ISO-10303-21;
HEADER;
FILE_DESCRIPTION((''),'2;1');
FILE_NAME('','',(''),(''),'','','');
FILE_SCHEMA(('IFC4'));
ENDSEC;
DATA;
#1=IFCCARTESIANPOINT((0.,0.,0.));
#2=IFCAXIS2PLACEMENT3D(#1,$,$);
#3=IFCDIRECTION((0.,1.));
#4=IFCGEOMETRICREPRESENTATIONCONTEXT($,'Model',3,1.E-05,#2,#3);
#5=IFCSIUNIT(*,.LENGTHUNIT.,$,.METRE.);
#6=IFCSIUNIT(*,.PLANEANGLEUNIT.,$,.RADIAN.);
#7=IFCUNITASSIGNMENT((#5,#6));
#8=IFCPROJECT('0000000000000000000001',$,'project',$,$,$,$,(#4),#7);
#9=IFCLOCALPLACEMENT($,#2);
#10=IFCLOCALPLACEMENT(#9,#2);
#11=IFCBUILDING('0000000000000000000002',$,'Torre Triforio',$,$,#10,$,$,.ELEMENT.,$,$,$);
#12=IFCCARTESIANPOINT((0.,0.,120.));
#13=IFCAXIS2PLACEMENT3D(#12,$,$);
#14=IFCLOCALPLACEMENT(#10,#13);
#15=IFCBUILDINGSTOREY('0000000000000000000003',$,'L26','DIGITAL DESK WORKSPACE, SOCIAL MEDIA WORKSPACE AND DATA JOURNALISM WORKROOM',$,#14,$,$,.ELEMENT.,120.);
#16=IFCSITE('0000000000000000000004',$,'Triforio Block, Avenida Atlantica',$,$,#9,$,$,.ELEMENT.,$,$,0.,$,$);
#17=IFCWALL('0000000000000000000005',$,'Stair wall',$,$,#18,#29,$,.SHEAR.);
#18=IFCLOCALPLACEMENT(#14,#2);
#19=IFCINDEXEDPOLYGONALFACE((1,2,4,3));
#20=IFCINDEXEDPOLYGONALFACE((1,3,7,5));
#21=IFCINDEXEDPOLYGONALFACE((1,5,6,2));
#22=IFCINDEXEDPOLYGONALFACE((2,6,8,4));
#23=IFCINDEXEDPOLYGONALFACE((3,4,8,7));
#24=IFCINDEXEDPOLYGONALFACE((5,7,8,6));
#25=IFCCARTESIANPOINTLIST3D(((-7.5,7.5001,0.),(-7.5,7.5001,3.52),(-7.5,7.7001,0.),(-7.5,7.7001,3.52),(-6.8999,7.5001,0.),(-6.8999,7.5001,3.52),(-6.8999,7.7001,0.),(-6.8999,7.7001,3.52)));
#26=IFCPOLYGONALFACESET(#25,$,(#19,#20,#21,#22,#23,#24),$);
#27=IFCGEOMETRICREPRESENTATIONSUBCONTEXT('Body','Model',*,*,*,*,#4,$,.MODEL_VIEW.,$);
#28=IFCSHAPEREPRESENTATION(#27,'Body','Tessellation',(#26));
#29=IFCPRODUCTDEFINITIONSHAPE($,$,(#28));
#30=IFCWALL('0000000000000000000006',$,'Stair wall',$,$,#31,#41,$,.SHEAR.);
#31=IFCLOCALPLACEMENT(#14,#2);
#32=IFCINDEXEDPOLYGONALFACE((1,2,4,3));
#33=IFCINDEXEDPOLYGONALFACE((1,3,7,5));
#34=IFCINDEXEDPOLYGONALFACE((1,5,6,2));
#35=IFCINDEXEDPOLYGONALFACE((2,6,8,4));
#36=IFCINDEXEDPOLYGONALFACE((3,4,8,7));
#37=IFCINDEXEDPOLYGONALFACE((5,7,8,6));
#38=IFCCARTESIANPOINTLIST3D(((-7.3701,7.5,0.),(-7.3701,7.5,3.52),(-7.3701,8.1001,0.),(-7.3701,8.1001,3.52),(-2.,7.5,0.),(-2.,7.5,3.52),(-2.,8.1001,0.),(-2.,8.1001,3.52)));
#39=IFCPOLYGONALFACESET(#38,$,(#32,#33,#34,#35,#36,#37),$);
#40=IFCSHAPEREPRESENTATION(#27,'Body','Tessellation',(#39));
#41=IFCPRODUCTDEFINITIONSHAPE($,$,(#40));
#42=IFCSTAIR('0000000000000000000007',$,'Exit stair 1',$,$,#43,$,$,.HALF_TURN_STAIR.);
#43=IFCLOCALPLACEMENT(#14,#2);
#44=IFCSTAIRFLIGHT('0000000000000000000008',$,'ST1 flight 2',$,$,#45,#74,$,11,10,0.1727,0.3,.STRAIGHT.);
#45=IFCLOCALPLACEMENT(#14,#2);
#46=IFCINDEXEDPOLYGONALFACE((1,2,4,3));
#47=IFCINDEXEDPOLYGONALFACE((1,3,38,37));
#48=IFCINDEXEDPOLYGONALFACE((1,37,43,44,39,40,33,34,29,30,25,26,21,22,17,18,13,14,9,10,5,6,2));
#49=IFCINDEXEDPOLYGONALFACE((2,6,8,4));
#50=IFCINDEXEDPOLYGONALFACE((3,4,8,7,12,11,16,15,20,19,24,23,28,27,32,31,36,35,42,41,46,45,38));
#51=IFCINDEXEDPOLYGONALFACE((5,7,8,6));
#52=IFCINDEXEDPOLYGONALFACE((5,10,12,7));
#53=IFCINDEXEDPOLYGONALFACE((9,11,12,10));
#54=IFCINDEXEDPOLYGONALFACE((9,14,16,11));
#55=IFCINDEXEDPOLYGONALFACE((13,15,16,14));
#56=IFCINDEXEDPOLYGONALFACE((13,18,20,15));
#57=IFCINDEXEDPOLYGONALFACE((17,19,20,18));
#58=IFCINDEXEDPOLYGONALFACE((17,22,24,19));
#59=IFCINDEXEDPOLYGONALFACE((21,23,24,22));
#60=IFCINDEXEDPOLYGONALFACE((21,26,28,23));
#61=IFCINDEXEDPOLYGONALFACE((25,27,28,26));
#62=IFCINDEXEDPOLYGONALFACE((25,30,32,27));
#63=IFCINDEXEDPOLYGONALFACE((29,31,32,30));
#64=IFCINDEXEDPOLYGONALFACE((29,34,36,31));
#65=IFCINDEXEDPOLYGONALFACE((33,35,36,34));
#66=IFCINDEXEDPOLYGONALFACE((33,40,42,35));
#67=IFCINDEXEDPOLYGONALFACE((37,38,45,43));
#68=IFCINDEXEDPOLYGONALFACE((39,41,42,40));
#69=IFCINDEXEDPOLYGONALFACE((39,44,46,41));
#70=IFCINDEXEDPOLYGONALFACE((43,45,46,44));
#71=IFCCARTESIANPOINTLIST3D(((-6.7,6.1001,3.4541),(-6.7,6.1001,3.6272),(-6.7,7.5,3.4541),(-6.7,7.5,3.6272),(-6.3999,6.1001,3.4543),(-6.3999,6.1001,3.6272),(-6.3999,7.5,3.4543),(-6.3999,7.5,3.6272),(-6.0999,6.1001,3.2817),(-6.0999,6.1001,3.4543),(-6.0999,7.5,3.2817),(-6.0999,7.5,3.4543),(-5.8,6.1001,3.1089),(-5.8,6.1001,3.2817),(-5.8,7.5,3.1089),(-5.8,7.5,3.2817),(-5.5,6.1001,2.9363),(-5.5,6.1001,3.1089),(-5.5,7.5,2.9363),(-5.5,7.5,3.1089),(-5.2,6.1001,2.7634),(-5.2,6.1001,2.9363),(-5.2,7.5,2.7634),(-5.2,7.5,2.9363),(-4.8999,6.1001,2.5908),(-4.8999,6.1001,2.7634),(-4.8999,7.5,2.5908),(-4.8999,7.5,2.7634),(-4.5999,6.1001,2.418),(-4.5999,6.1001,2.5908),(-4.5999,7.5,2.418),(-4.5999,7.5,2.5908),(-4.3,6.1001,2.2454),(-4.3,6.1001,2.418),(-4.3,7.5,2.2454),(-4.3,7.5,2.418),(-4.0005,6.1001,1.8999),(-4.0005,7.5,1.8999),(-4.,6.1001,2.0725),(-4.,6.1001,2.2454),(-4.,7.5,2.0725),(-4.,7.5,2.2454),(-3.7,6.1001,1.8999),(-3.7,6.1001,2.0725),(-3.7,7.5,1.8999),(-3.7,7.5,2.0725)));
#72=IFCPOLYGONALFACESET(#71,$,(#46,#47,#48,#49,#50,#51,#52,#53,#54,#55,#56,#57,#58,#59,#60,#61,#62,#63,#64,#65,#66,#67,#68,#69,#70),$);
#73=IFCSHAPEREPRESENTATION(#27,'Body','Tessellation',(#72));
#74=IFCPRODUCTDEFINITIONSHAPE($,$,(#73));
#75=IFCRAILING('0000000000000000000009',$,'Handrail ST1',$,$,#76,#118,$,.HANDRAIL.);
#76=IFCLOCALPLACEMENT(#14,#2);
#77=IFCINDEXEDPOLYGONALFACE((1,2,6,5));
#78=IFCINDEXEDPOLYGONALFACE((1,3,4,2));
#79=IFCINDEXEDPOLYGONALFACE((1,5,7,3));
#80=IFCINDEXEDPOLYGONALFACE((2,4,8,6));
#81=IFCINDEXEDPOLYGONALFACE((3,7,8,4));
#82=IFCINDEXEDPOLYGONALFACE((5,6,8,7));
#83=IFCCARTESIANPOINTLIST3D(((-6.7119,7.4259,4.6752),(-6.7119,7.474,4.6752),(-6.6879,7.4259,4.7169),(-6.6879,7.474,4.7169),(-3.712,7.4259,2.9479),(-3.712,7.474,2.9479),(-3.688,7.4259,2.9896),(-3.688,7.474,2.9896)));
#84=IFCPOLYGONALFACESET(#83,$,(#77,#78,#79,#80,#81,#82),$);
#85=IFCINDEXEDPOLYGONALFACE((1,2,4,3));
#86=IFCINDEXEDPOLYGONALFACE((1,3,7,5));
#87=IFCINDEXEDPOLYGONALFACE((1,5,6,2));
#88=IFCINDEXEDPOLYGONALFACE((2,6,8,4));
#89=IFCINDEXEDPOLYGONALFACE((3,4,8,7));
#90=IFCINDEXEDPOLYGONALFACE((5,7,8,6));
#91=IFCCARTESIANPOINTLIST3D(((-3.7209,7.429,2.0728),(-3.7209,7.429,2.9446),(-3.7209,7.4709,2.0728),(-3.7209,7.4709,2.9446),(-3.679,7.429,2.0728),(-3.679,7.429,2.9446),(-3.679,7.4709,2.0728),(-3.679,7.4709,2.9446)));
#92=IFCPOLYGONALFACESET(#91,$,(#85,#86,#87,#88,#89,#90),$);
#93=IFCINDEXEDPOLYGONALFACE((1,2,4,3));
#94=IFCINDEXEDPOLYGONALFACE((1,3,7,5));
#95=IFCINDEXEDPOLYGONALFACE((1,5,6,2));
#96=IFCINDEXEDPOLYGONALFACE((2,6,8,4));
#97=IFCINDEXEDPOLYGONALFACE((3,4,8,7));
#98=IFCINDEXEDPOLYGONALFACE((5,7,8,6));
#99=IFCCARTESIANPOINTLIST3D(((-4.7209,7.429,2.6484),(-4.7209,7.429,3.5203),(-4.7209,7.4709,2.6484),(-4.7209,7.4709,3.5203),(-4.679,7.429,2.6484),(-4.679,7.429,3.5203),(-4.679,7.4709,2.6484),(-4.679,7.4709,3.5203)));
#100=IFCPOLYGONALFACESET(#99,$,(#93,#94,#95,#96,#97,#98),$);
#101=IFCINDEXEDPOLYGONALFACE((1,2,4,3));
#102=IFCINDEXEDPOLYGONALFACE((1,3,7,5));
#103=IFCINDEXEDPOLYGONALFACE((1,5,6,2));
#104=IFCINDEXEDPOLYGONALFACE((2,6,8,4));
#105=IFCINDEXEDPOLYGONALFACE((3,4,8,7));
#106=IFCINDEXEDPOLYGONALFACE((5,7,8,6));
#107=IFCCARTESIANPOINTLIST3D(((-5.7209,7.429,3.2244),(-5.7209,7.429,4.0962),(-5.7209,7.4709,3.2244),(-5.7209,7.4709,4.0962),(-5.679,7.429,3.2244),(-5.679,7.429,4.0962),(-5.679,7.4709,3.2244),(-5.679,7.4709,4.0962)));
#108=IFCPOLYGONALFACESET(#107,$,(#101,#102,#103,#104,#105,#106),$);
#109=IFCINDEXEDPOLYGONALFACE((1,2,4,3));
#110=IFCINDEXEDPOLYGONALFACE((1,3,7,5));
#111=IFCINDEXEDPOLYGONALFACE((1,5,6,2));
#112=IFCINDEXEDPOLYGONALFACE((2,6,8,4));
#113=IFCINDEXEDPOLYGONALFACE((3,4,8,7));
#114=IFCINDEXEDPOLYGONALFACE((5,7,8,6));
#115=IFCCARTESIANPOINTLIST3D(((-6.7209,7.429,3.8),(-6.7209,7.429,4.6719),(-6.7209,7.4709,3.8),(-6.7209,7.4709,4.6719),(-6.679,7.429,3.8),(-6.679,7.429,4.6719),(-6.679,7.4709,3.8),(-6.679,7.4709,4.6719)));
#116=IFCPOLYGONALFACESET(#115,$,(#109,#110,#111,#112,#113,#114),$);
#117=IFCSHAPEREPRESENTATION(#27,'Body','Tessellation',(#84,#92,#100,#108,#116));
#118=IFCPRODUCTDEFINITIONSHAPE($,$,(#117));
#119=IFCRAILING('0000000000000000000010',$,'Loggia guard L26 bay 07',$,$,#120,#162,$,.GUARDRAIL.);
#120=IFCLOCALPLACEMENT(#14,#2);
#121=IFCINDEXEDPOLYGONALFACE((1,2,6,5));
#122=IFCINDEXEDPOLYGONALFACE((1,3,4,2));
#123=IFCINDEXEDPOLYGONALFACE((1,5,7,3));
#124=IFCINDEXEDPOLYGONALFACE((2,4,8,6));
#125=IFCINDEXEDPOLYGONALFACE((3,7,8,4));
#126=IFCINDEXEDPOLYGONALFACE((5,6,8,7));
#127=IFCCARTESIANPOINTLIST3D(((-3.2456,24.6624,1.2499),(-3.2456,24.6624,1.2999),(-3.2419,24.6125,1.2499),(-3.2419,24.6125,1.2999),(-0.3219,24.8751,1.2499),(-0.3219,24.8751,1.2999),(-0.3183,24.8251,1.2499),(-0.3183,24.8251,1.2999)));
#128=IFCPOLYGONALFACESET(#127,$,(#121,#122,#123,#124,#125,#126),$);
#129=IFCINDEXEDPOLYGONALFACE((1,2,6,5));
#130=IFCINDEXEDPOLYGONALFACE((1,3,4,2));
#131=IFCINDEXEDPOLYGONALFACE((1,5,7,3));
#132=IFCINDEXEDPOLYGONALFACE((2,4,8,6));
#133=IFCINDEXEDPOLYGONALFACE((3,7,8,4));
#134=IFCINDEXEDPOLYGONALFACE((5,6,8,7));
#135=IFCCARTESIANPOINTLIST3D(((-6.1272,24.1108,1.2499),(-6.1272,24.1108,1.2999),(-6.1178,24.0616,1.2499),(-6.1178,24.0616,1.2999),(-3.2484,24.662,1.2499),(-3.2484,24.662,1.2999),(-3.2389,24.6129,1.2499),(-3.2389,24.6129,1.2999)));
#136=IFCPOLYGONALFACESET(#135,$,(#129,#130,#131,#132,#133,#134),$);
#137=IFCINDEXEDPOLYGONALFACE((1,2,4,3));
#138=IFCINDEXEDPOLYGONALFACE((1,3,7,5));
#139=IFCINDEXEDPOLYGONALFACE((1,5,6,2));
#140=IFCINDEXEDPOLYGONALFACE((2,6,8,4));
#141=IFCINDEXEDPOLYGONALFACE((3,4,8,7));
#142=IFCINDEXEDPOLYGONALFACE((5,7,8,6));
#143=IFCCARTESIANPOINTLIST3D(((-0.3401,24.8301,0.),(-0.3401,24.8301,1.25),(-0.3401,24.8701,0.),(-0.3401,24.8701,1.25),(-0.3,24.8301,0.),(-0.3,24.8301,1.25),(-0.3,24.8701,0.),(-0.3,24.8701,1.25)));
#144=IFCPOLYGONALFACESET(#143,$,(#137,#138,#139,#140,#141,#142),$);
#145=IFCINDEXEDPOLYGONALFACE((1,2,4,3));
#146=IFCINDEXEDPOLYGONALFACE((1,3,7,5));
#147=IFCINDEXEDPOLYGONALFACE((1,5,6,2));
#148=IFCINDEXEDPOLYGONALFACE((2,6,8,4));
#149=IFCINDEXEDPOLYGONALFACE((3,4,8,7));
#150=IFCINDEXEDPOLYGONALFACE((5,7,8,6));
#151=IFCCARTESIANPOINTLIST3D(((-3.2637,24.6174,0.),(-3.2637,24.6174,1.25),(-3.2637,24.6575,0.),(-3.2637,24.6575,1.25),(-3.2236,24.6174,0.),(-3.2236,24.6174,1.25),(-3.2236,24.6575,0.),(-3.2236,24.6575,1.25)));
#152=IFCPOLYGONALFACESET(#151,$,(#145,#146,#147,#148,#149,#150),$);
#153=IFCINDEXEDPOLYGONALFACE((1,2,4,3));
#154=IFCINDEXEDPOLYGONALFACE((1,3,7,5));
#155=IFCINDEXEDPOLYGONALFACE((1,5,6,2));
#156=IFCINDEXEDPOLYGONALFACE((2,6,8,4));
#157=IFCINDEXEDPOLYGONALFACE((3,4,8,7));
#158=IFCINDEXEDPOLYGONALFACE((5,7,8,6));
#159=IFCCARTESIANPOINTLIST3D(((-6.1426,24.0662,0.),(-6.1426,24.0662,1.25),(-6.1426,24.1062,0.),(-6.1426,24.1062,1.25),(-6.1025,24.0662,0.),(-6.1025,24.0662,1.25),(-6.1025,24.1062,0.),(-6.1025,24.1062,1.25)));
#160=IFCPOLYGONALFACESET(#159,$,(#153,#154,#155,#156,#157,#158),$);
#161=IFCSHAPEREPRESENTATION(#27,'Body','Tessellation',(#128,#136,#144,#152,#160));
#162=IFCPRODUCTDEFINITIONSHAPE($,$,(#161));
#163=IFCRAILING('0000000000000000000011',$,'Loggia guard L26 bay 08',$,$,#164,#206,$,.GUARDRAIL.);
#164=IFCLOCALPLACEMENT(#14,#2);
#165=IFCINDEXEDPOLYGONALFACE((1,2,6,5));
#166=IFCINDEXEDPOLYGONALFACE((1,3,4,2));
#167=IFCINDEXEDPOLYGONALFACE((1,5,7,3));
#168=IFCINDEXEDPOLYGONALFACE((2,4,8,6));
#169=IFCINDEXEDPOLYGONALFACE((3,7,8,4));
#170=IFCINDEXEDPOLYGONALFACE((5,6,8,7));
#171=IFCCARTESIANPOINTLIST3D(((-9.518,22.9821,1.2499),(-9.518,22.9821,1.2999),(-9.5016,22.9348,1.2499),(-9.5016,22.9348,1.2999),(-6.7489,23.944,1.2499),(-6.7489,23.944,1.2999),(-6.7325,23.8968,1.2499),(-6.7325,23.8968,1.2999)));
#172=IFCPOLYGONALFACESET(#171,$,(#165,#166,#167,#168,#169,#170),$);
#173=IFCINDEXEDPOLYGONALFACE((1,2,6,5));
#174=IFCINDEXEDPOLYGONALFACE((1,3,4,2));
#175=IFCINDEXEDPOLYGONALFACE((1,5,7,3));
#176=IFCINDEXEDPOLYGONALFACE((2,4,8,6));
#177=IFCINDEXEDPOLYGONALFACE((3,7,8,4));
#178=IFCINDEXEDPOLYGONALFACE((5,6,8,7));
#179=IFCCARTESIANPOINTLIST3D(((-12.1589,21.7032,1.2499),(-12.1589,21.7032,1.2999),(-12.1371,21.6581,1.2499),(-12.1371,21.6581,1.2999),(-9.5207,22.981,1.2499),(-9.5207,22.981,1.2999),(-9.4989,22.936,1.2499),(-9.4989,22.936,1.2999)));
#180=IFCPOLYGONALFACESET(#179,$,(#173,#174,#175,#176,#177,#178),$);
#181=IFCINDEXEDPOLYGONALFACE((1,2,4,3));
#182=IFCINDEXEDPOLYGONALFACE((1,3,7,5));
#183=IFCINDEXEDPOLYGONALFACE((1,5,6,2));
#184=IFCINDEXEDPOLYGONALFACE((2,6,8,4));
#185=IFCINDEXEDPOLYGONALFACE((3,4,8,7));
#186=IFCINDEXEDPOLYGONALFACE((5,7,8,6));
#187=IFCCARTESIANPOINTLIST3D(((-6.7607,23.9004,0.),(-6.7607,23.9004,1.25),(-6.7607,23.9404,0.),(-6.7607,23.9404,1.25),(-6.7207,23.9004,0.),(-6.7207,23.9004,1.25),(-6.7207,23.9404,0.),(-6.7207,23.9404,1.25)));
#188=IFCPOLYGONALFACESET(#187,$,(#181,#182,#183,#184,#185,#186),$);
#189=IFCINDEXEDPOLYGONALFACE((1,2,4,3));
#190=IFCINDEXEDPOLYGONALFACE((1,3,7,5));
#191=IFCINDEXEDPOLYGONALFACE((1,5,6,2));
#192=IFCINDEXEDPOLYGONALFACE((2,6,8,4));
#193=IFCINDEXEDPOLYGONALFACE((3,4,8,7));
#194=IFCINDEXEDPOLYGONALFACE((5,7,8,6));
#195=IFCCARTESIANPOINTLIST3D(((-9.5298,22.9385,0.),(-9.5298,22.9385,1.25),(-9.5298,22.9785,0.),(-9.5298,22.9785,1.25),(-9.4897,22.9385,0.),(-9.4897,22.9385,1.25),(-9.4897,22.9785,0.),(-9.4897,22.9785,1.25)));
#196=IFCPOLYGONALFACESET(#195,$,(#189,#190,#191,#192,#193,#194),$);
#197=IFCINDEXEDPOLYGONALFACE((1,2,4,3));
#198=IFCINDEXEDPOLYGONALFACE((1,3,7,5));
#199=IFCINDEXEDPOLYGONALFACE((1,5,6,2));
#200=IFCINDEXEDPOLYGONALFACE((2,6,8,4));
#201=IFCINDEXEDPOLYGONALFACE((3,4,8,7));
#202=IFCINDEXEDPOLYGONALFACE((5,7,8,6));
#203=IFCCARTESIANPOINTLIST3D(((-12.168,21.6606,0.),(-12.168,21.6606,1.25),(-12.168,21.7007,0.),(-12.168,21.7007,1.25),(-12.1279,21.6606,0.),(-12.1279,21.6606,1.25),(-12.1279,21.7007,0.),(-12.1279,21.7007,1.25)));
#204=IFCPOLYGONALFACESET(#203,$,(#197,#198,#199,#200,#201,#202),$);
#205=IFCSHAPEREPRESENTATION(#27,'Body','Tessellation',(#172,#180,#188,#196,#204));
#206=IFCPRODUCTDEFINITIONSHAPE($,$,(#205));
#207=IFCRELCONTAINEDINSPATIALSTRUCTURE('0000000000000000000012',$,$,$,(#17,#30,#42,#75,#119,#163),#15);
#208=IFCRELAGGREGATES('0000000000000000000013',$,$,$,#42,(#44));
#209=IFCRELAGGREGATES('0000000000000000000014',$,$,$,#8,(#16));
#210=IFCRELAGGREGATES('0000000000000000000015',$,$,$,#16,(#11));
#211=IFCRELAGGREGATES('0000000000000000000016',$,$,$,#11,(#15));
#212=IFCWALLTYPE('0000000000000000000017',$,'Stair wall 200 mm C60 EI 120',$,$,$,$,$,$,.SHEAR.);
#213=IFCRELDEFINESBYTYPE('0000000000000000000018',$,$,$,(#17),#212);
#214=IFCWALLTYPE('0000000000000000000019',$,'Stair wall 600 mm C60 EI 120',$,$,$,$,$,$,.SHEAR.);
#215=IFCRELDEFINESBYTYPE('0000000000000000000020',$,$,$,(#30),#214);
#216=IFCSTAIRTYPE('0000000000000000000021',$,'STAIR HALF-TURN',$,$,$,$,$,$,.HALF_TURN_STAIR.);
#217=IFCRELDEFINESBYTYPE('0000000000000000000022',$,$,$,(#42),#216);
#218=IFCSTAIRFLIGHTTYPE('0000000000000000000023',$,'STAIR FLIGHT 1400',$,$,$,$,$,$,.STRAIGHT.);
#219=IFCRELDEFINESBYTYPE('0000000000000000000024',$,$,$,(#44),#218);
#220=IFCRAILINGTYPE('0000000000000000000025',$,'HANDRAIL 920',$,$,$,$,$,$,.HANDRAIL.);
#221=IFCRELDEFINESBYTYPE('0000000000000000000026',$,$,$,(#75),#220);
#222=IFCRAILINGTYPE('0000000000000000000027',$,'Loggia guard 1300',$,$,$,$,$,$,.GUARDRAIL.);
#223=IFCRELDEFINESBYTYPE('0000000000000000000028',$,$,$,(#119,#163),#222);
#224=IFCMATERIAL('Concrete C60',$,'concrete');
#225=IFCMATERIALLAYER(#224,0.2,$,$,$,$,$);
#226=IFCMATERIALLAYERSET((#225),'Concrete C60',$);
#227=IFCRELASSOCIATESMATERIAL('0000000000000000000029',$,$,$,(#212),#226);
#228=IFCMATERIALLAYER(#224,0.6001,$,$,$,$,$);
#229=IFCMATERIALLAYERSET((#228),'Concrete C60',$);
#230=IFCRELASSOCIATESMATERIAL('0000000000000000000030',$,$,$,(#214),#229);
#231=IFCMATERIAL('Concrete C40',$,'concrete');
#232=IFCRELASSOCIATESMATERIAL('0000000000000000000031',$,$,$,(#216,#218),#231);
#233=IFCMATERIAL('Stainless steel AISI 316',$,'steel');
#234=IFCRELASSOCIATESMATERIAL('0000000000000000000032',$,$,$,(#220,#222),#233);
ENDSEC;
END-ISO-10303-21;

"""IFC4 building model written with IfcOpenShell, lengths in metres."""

from ifc_helpers import new_model, si_unit, direction, frame, frame_2d, origin, origin_2d, place, context, subcontext, project, spatial, polyline, rectangle, outline, extrude, material, layer, layer_set, type_object, element, aggregate, save


model = new_model("IFC4")

# Units and contexts
model_context = context("Model", 3, precision=1e-05, world=origin(), true_north=direction((0.0, 1.0)))
body_context = subcontext(model_context, "Body", "Model", "MODEL_VIEW")
ifc_project = project(units=[si_unit("LENGTHUNIT", "METRE"), si_unit("PLANEANGLEUNIT", "RADIAN")], contexts=[model_context])

# Site, building, storey
site_placement = place(None, origin())
site = spatial("IfcSite", under=ifc_project, at=site_placement, Name="Triforio Block, Avenida Atlantica", CompositionType="ELEMENT", RefElevation=0.0)
building_placement = place(site_placement, origin())
building = spatial("IfcBuilding", under=site, at=building_placement, Name="Torre Triforio", CompositionType="ELEMENT")
storey_placement = place(building_placement, frame((0.0, 0.0, 120.0)))
storey = spatial("IfcBuildingStorey", under=building, at=storey_placement, Name="L26", Description="DIGITAL DESK WORKSPACE, SOCIAL MEDIA WORKSPACE AND DATA JOURNALISM WORKROOM", CompositionType="ELEMENT", Elevation=120.0)

# Shared definitions
ifc_material_1 = material(Name="Concrete C60", Category="concrete")

# Walls
ifc_layer_1 = layer(ifc_material_1, 0.2)
ifc_layer_set_1 = layer_set([ifc_layer_1], Name="Concrete C60")
wall_type_1 = type_object("IfcWallType", Name="Stair wall 200 mm C60 EI 120", PredefinedType="SHEAR", material=ifc_layer_set_1)
wall_1_placement = place(storey_placement, frame((-7.5, 7.6001, 0.0), z_axis=(0.0, 0.0, 1.0), x_axis=(1.0, 0.0, 0.0)))
element("IfcWall", 1, at=wall_1_placement, inside=storey, type_object=wall_type_1, Name="Stair wall", PredefinedType="SHEAR", context=body_context, shape_type="SweptSolid", body=[
    extrude(rectangle(XDim=0.6001, YDim=0.2, at=frame_2d((0.3, 0.0))), origin(), (0.0, 0.0, 1.0), 3.52),
])
ifc_layer_2 = layer(ifc_material_1, 0.6001)
ifc_layer_set_2 = layer_set([ifc_layer_2], Name="Concrete C60")
wall_type_2 = type_object("IfcWallType", Name="Stair wall 600 mm C60 EI 120", PredefinedType="SHEAR", material=ifc_layer_set_2)
wall_2_placement = place(storey_placement, frame((-7.3701, 7.8, 0.0), z_axis=(0.0, 0.0, 1.0), x_axis=(1.0, 0.0, 0.0)))
element("IfcWall", 2, at=wall_2_placement, inside=storey, type_object=wall_type_2, Name="Stair wall", PredefinedType="SHEAR", context=body_context, shape_type="SweptSolid", body=[
    extrude(rectangle(XDim=5.3701, YDim=0.6001, at=frame_2d((2.6851, 0.0))), origin(), (0.0, 0.0, 1.0), 3.52),
])

# Shared definitions
ifc_material_2 = material(Name="Concrete C40", Category="concrete")

# Stair, stair flight
stair_type = type_object("IfcStairType", Name="STAIR HALF-TURN", PredefinedType="HALF_TURN_STAIR", material=ifc_material_2)
stair_placement = place(storey_placement, origin())
stair = element("IfcStair", 3, at=stair_placement, inside=storey, type_object=stair_type, Name="Exit stair 1", PredefinedType="HALF_TURN_STAIR")
stair_flight_type = type_object("IfcStairFlightType", Name="STAIR FLIGHT 1400", PredefinedType="STRAIGHT", material=ifc_material_2)
stair_flight_placement = place(storey_placement, frame((-3.7, 6.8, 1.8999), z_axis=(0.0, 0.0, 1.0), x_axis=(-1.0, 0.0, 0.0)))
stair_flight = element("IfcStairFlight", 4, at=stair_flight_placement, type_object=stair_flight_type, Name="ST1 flight 2", NumberOfRisers=11, NumberOfTreads=10, PredefinedType="STRAIGHT", RiserHeight=0.1727, TreadLength=0.3, context=body_context, shape_type="SweptSolid", body=[
    extrude(outline(polyline([(0.0, 0.0), (0.0, 0.1726), (0.3, 0.1726), (0.3, 0.3455), (0.6001, 0.3455), (0.6001, 0.5181), (0.8999, 0.5181), (0.8999, 0.6909), (1.2, 0.6909), (1.2, 0.8635), (1.5, 0.8635), (1.5, 1.0364), (1.8, 1.0364), (1.8, 1.209), (2.1001, 1.209), (2.1001, 1.3818), (2.3999, 1.3818), (2.3999, 1.5544), (2.7, 1.5544), (2.7, 1.7273), (3.0, 1.7273), (3.0, 1.8999), (3.0, 1.5542), (0.3005, 0.0), (0.0, 0.0)])), frame((0.0, 0.7, 0.0), z_axis=(0.0, -1.0, 0.0), x_axis=(1.0, 0.0, 0.0)), (0.0, 0.0, 1.0), 1.3999),
])
aggregate(stair, [stair_flight])

# Railings
ifc_material_3 = material(Name="Stainless steel AISI 316", Category="steel")
railing_type_1 = type_object("IfcRailingType", Name="HANDRAIL 920", PredefinedType="HANDRAIL", material=ifc_material_3)
railing_1_placement = place(storey_placement, frame((-3.7, 7.45, 2.0728)))
element("IfcRailing", 5, at=railing_1_placement, inside=storey, type_object=railing_type_1, Name="Handrail ST1", PredefinedType="HANDRAIL", context=body_context, shape_type="SweptSolid", body=[
    extrude(rectangle(XDim=0.0481, YDim=0.0481, at=origin_2d()), frame((0.0, 0.0, 0.896), z_axis=(-0.86662, 0.0, 0.498969), x_axis=(0.0, -1.0, 0.0)), (0.0, 0.0, 1.0), 3.4617),
    extrude(rectangle(XDim=0.042, YDim=0.042, at=origin_2d()), origin(), (0.0, 0.0, 1.0), 0.8718),
    extrude(rectangle(XDim=0.042, YDim=0.042, at=origin_2d()), frame((-1.0, 0.0, 0.5757)), (0.0, 0.0, 1.0), 0.8718),
    extrude(rectangle(XDim=0.042, YDim=0.042, at=origin_2d()), frame((-2.0, 0.0, 1.1516)), (0.0, 0.0, 1.0), 0.8718),
    extrude(rectangle(XDim=0.042, YDim=0.042, at=origin_2d()), frame((-3.0, 0.0, 1.7273)), (0.0, 0.0, 1.0), 0.8718),
])
railing_type_2 = type_object("IfcRailingType", Name="Loggia guard 1300", PredefinedType="GUARDRAIL", material=ifc_material_3)
railing_2_placement = place(storey_placement, frame((-0.3201, 24.8501, 0.0)))
element("IfcRailing", 6, at=railing_2_placement, inside=storey, type_object=railing_type_2, Name="Loggia guard L26 bay 07", PredefinedType="GUARDRAIL", context=body_context, shape_type="SweptSolid", body=[
    extrude(rectangle(XDim=0.05, YDim=0.05, at=origin_2d()), frame((0.0, 0.0, 1.2749), z_axis=(-0.997365, -0.072543, 0.0), x_axis=(0.072543, -0.997365, 0.0)), (0.0, 0.0, 1.0), 2.9314),
    extrude(rectangle(XDim=0.05, YDim=0.05, at=origin_2d()), frame((-2.9236, -0.2126, 1.2749), z_axis=(-0.982156, -0.188069, 0.0), x_axis=(0.188069, -0.982156, 0.0)), (0.0, 0.0, 1.0), 2.9312),
    extrude(rectangle(XDim=0.04, YDim=0.04, at=origin_2d()), origin(), (0.0, 0.0, 1.0), 1.25),
    extrude(rectangle(XDim=0.04, YDim=0.04, at=origin_2d()), frame((-2.9236, -0.2126, 0.0)), (0.0, 0.0, 1.0), 1.25),
    extrude(rectangle(XDim=0.04, YDim=0.04, at=origin_2d()), frame((-5.8025, -0.7639, 0.0)), (0.0, 0.0, 1.0), 1.25),
])
railing_3_placement = place(storey_placement, frame((-6.7407, 23.9204, 0.0)))
element("IfcRailing", 7, at=railing_3_placement, inside=storey, type_object=railing_type_2, Name="Loggia guard L26 bay 08", PredefinedType="GUARDRAIL", context=body_context, shape_type="SweptSolid", body=[
    extrude(rectangle(XDim=0.05, YDim=0.05, at=origin_2d()), frame((0.0, 0.0, 1.2749), z_axis=(-0.944627, -0.328146, 0.0), x_axis=(0.328146, -0.944627, 0.0)), (0.0, 0.0, 1.0), 2.9314),
    extrude(rectangle(XDim=0.05, YDim=0.05, at=origin_2d()), frame((-2.769, -0.9619, 1.2749), z_axis=(-0.899986, -0.435918, 0.0), x_axis=(0.435918, -0.899986, 0.0)), (0.0, 0.0, 1.0), 2.9314),
    extrude(rectangle(XDim=0.04, YDim=0.04, at=origin_2d()), origin(), (0.0, 0.0, 1.0), 1.25),
    extrude(rectangle(XDim=0.04, YDim=0.04, at=origin_2d()), frame((-2.769, -0.9619, 0.0)), (0.0, 0.0, 1.0), 1.25),
    extrude(rectangle(XDim=0.04, YDim=0.04, at=origin_2d()), frame((-5.4072, -2.2397, 0.0)), (0.0, 0.0, 1.0), 1.25),
])

save(model, "model.ifc")
